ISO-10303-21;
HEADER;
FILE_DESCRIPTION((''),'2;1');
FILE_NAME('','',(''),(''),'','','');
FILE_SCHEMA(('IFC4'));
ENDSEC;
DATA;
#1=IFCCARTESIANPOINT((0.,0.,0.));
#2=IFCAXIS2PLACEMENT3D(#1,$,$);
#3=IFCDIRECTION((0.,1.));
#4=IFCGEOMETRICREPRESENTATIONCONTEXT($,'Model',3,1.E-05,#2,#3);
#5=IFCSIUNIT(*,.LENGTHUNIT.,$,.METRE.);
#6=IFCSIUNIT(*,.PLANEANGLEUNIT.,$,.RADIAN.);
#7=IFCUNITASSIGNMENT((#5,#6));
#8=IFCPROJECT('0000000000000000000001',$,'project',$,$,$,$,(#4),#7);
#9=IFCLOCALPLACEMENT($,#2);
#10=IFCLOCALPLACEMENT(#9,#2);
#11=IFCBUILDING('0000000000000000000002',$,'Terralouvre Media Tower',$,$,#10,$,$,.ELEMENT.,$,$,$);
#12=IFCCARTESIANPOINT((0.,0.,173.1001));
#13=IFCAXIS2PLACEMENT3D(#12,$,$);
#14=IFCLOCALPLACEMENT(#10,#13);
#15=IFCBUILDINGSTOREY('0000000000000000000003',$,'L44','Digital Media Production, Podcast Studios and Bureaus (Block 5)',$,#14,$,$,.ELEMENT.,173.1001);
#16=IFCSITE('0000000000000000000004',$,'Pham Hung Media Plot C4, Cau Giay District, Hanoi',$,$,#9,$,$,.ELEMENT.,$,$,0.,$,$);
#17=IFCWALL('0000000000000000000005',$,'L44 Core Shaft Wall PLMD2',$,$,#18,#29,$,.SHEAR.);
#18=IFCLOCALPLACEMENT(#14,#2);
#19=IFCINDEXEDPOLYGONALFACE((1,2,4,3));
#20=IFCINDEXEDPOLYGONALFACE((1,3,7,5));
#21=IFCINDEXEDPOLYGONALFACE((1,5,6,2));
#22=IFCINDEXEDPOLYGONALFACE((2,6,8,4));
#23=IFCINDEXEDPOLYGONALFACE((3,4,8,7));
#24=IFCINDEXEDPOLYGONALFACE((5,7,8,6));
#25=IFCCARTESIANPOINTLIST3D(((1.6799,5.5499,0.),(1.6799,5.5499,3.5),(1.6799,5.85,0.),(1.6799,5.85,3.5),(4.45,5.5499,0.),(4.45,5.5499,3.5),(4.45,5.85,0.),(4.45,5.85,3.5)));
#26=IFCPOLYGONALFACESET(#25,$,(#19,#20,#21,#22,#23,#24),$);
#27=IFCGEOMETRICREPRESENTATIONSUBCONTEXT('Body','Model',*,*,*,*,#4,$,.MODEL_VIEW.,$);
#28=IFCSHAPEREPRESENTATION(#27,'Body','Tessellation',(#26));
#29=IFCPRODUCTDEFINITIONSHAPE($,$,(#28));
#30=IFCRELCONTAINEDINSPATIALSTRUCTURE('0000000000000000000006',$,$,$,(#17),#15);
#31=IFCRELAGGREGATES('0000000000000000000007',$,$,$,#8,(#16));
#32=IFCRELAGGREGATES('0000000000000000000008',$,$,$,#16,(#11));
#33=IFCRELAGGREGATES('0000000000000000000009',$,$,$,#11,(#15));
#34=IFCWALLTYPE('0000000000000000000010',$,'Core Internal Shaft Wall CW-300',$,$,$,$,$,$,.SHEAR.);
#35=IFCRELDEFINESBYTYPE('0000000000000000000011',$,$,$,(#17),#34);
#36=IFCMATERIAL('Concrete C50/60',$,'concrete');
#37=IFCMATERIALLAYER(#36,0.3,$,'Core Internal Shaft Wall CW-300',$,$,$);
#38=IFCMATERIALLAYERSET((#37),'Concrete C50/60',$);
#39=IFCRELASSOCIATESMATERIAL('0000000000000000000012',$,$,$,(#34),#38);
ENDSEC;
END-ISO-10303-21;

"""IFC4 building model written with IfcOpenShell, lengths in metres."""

from ifc_helpers import new_model, si_unit, direction, frame, frame_2d, origin, place, context, subcontext, project, spatial, rectangle, extrude, material, layer, layer_set, type_object, element, save


model = new_model("IFC4")

# Units and contexts
model_context = context("Model", 3, precision=1e-05, world=origin(), true_north=direction((0.0, 1.0)))
body_context = subcontext(model_context, "Body", "Model", "MODEL_VIEW")
ifc_project = project(units=[si_unit("LENGTHUNIT", "METRE"), si_unit("PLANEANGLEUNIT", "RADIAN")], contexts=[model_context])

# Site, building, storey
site_placement = place(None, origin())
site = spatial("IfcSite", under=ifc_project, at=site_placement, Name="Pham Hung Media Plot C4, Cau Giay District, Hanoi", CompositionType="ELEMENT", RefElevation=0.0)
building_placement = place(site_placement, origin())
building = spatial("IfcBuilding", under=site, at=building_placement, Name="Terralouvre Media Tower", CompositionType="ELEMENT")
storey_placement = place(building_placement, frame((0.0, 0.0, 173.1001)))
storey = spatial("IfcBuildingStorey", under=building, at=storey_placement, Name="L44", Description="Digital Media Production, Podcast Studios and Bureaus (Block 5)", CompositionType="ELEMENT", Elevation=173.1001)

# Shared definitions
ifc_material_1 = material(Name="Concrete C50/60", Category="concrete")
ifc_layer_1 = layer(ifc_material_1, 0.3, Name="Core Internal Shaft Wall CW-300")
ifc_layer_set_1 = layer_set([ifc_layer_1], Name="Concrete C50/60")
wall_type = type_object("IfcWallType", Name="Core Internal Shaft Wall CW-300", PredefinedType="SHEAR", material=ifc_layer_set_1)

# Wall
for number, where, z_axis, x_axis, name in (
    (1, (1.6799, 5.7, 0.0), (0.0, 0.0, 1.0), (1.0, 0.0, 0.0), "L44 Core Shaft Wall PLMD2"),
):
    element("IfcWall", number, at=place(storey_placement, frame(where, z_axis=z_axis, x_axis=x_axis)), inside=storey, type_object=wall_type, Name=name, PredefinedType="SHEAR", context=body_context, shape_type="SweptSolid", body=[
        extrude(rectangle(XDim=2.77, YDim=0.3, at=frame_2d((1.385, 0.0))), origin(), (0.0, 0.0, 1.0), 3.5),
    ])

save(model, "model.ifc")
